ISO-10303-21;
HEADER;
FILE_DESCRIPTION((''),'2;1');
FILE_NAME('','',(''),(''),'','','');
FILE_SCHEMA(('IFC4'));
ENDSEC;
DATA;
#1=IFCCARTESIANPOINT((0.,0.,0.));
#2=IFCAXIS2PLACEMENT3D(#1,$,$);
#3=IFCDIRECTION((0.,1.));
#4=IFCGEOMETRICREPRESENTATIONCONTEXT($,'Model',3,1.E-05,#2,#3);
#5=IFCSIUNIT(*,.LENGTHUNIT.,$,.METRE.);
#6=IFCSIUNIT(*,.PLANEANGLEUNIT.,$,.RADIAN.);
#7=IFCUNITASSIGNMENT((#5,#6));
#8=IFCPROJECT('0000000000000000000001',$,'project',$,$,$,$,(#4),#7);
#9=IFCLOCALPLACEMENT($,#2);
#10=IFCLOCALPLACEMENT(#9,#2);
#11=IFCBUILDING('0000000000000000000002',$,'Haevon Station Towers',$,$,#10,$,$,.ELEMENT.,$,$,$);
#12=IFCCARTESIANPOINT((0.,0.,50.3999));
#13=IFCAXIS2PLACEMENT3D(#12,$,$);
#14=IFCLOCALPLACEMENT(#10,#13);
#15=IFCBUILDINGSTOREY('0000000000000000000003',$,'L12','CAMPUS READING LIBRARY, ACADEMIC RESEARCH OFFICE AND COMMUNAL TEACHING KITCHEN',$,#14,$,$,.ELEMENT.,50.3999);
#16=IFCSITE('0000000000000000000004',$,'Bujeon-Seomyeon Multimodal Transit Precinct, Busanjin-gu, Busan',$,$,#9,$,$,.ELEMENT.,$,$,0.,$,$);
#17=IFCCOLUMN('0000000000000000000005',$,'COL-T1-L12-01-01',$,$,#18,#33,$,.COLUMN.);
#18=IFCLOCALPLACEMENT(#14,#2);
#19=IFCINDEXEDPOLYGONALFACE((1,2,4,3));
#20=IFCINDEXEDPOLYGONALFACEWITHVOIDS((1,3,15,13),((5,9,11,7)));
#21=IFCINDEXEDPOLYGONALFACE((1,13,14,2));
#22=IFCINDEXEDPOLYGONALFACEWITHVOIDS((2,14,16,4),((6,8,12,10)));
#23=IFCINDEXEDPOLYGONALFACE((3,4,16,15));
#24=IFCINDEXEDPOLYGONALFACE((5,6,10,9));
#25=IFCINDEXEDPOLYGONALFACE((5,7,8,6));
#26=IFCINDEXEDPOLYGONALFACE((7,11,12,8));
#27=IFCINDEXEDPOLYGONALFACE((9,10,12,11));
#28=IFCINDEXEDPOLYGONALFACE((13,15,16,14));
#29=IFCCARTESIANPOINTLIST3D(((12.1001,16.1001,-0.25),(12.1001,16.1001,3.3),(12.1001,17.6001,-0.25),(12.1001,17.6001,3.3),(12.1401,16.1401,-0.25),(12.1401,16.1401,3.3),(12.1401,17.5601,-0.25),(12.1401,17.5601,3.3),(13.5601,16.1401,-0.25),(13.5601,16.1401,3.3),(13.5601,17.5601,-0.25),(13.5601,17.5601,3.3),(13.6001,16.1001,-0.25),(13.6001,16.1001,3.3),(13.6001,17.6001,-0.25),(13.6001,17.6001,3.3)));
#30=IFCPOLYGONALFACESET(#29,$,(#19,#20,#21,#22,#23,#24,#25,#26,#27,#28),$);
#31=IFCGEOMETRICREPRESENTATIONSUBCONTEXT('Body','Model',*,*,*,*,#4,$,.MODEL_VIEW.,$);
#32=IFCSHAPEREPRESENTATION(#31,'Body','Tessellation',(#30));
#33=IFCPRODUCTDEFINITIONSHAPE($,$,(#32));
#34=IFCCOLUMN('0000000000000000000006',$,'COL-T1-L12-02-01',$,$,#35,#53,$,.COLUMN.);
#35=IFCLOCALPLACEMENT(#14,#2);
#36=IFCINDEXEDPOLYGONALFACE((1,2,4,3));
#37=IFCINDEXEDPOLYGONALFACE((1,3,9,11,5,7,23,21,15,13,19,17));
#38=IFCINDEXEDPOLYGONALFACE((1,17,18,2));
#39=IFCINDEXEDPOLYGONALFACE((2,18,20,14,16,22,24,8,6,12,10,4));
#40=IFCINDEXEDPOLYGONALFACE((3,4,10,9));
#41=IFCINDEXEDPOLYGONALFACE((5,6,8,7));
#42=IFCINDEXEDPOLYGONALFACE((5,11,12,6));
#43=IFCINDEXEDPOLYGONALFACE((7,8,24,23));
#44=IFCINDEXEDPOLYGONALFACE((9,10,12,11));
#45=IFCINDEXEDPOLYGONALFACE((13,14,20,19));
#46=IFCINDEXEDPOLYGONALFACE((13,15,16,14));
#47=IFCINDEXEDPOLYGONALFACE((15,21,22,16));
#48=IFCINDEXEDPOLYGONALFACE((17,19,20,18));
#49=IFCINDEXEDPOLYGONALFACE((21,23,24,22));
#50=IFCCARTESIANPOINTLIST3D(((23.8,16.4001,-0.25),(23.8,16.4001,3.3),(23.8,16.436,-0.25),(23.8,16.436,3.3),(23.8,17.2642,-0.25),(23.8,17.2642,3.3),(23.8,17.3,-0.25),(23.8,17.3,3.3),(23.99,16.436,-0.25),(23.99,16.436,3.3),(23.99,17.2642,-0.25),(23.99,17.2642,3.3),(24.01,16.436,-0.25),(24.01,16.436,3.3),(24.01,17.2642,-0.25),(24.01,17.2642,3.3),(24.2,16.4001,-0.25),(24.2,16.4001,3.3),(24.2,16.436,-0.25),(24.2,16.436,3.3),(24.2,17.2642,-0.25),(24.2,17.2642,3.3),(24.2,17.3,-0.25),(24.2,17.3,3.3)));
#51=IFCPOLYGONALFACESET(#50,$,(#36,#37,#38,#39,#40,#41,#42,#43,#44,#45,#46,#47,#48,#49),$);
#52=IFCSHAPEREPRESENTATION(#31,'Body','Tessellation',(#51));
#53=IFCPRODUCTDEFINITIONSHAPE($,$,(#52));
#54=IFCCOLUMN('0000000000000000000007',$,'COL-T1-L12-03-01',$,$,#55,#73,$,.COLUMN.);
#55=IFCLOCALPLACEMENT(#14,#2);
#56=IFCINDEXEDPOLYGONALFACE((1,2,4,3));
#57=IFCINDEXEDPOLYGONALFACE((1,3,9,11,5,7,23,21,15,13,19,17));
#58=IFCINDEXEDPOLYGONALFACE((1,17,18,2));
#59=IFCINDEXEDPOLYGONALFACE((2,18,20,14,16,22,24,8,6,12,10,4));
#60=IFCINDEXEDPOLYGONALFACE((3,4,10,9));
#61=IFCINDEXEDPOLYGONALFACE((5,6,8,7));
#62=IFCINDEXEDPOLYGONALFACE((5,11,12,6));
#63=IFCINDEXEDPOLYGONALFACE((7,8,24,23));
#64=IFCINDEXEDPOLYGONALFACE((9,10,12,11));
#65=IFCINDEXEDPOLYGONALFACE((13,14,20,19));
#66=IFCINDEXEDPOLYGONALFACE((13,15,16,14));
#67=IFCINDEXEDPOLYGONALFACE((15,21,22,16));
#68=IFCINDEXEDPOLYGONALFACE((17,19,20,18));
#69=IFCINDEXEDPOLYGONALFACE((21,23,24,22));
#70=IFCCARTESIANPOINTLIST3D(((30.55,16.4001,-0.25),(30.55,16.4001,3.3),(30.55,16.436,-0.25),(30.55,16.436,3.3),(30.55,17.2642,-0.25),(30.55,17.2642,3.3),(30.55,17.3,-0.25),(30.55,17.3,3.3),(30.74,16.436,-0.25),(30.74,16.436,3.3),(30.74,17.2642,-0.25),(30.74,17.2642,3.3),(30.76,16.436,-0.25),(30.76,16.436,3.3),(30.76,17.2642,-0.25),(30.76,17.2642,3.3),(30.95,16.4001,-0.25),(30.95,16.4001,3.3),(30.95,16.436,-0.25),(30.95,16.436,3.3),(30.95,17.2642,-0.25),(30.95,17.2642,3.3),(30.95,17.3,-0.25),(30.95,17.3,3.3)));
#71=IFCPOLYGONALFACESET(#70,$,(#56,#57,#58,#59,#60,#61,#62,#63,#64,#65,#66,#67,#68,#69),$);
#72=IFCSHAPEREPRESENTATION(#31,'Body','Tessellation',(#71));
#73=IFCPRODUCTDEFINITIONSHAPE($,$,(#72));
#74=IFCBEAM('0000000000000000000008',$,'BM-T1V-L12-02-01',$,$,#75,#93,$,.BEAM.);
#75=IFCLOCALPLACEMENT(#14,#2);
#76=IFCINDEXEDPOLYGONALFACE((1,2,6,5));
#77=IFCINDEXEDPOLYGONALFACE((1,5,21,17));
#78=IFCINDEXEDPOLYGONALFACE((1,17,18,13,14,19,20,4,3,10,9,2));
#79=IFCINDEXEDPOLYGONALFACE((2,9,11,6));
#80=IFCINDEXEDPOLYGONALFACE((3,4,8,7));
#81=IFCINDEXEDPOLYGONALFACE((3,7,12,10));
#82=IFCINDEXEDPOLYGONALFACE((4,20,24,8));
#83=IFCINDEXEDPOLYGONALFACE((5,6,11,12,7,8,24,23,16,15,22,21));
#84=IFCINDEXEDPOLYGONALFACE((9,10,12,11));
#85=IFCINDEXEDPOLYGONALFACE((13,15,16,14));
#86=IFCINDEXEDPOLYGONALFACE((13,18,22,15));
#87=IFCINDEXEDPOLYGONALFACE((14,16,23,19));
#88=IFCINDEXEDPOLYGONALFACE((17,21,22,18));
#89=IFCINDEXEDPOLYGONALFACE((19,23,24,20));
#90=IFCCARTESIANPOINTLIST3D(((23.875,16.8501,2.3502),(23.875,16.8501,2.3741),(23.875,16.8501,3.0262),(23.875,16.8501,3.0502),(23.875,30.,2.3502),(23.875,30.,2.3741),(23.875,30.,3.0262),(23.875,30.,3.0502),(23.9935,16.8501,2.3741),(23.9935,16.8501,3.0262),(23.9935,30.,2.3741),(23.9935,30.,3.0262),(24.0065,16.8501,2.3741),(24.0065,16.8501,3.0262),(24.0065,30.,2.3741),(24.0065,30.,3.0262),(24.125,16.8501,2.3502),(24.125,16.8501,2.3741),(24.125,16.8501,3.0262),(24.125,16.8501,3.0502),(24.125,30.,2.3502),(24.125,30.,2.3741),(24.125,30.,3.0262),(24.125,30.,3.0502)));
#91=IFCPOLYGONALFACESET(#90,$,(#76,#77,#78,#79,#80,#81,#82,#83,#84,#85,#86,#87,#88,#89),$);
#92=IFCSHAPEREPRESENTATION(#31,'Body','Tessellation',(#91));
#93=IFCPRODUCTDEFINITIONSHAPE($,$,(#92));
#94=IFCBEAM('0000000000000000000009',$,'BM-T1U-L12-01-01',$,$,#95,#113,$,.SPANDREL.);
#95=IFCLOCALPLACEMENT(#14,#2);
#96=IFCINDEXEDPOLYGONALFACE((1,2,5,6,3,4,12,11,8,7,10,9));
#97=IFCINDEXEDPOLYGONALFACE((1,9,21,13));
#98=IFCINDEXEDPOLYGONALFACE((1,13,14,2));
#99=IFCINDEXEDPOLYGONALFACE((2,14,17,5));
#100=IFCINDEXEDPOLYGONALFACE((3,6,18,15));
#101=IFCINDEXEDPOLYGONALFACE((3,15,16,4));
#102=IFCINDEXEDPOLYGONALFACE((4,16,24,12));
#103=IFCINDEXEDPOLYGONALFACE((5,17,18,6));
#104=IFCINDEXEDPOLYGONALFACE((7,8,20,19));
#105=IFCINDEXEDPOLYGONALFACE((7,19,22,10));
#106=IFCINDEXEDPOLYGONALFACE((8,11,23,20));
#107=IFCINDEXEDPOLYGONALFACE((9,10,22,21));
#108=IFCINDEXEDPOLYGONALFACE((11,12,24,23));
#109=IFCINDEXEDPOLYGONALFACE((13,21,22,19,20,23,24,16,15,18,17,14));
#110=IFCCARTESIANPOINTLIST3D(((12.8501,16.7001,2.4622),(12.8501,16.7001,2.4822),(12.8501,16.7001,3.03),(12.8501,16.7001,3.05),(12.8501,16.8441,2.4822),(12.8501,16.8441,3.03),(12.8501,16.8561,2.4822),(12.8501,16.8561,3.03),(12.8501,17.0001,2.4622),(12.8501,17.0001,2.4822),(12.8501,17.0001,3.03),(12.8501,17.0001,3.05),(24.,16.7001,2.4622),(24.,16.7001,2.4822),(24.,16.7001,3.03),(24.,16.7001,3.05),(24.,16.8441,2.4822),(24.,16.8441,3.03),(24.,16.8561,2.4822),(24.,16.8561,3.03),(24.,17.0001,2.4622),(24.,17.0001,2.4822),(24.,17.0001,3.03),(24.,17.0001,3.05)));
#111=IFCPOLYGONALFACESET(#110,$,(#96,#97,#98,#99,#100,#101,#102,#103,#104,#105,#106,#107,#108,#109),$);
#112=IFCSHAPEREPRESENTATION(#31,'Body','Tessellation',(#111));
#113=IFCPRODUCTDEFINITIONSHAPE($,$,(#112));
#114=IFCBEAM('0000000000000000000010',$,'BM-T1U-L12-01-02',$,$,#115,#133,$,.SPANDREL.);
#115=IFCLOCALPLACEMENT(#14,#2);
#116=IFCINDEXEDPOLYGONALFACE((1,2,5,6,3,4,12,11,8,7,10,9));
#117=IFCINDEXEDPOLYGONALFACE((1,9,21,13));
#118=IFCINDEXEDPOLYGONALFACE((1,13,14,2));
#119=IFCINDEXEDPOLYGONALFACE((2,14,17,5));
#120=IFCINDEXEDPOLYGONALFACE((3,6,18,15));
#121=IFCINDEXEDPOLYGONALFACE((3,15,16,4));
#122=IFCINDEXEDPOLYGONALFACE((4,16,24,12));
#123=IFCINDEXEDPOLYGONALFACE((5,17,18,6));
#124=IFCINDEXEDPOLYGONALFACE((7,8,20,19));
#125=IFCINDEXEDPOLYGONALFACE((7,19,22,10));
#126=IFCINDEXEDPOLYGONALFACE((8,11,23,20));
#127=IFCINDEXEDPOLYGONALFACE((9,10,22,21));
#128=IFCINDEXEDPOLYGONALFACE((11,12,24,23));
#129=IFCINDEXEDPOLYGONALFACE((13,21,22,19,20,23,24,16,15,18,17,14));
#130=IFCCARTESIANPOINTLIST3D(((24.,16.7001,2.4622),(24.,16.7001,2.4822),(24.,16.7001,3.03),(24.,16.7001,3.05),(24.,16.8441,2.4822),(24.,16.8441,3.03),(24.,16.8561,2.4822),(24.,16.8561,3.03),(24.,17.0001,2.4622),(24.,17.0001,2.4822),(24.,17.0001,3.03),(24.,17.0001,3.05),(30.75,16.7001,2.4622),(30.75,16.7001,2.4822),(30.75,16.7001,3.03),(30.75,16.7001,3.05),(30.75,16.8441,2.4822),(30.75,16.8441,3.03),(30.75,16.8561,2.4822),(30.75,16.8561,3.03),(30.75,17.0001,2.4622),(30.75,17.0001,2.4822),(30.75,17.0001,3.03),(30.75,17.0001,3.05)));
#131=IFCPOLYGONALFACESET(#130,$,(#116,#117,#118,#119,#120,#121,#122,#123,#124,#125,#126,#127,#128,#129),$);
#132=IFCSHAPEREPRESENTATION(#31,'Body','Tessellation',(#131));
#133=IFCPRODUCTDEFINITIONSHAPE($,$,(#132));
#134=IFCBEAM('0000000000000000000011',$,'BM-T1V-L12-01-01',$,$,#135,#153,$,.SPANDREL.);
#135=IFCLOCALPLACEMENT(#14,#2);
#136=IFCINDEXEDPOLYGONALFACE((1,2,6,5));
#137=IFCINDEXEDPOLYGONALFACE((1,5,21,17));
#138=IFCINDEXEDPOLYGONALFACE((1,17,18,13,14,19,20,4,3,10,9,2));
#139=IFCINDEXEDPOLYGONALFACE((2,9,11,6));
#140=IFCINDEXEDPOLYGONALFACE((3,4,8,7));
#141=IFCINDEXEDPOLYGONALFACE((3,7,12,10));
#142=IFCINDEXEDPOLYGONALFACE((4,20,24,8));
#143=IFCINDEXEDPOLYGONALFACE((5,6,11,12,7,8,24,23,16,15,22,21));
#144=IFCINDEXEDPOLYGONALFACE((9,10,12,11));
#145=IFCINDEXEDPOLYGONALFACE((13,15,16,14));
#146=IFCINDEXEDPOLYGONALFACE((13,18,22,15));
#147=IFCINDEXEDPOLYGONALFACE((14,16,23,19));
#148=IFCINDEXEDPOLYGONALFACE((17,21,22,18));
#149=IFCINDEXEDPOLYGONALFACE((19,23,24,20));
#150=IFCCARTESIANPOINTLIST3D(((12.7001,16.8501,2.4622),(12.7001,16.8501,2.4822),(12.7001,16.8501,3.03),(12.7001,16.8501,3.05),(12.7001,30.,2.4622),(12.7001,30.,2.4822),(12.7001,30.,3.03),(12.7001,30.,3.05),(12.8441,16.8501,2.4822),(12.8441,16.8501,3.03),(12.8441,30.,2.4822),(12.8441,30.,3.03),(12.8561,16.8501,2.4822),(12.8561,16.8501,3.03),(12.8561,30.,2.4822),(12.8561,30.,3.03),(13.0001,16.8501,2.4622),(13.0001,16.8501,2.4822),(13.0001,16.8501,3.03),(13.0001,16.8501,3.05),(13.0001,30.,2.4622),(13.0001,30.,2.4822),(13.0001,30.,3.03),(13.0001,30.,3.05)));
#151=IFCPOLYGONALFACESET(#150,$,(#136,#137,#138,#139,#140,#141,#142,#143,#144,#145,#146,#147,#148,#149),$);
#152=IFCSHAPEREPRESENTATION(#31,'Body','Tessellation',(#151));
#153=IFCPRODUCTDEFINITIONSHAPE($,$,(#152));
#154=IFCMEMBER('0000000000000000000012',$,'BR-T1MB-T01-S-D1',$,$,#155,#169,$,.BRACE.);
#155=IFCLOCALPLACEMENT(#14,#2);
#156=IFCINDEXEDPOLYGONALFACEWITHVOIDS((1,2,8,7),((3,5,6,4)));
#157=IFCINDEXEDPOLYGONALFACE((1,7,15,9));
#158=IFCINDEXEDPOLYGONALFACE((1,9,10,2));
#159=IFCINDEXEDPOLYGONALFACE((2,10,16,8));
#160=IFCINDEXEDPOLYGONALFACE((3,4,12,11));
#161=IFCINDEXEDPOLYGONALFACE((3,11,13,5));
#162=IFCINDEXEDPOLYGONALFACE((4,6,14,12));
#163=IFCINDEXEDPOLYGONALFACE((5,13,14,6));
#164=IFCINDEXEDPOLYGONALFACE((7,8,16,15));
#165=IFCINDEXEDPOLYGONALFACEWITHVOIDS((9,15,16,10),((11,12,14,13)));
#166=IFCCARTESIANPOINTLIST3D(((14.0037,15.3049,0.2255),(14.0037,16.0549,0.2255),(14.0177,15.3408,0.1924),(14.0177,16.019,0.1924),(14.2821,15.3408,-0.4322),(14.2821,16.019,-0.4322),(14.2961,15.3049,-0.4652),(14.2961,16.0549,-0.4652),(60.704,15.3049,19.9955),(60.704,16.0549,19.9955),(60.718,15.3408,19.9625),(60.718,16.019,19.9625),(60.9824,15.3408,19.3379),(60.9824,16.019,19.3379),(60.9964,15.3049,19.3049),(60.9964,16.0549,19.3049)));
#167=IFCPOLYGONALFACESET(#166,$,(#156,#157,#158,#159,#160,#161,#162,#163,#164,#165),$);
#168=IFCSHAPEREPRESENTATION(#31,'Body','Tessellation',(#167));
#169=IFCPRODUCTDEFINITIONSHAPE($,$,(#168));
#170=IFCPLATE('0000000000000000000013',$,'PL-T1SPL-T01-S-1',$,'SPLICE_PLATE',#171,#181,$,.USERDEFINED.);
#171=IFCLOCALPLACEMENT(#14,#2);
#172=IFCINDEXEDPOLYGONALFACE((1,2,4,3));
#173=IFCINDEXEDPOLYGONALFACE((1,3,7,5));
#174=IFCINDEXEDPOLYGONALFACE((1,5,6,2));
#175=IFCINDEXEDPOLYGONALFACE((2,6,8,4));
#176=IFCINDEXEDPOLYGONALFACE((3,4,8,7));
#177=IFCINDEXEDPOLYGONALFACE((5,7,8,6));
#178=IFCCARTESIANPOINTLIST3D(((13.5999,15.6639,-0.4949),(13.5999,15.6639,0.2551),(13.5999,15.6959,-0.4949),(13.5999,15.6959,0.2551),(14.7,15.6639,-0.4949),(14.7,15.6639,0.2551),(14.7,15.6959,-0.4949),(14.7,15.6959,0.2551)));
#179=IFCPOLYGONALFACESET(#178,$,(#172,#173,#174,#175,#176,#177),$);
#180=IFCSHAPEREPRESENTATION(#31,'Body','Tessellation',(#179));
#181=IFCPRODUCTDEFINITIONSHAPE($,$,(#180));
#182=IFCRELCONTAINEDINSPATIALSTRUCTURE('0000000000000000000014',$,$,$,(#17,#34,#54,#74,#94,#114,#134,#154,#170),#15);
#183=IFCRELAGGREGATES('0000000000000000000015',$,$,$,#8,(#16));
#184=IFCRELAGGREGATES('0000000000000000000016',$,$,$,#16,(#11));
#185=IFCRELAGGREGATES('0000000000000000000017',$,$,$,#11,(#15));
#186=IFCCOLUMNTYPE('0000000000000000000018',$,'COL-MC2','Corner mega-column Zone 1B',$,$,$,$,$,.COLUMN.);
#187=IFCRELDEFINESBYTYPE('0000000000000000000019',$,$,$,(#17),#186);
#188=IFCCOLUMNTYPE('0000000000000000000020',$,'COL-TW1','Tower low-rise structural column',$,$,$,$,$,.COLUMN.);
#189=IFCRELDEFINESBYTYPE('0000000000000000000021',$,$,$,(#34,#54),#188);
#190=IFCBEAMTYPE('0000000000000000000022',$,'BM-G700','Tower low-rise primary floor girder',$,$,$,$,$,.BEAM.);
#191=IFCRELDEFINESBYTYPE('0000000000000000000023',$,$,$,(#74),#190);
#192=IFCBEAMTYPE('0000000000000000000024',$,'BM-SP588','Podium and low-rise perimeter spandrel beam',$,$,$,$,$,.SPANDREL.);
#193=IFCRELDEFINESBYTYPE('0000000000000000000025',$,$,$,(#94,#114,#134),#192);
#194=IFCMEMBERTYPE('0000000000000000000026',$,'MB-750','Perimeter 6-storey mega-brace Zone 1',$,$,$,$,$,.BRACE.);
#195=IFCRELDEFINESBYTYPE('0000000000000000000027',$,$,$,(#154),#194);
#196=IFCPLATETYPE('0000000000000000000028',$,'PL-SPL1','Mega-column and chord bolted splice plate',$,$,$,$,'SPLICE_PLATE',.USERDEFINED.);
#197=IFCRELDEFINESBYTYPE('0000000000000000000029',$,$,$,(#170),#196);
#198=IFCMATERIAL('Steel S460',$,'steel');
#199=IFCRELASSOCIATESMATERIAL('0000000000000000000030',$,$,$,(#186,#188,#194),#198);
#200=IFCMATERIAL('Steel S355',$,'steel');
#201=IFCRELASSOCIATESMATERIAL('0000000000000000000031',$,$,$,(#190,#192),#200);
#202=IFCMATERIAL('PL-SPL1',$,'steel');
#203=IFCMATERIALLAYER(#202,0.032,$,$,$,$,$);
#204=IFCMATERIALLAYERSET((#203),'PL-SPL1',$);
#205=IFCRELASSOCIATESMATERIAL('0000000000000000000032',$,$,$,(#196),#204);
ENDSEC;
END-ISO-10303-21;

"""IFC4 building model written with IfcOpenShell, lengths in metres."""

from ifc_helpers import new_model, si_unit, direction, frame, origin, origin_2d, place, context, subcontext, project, spatial, rectangle, hollow_rectangle, i_section, extrude, material, layer, layer_set, material_profile, profile_set, type_object, element, save


model = new_model("IFC4")

# Units and contexts
model_context = context("Model", 3, precision=1e-05, world=origin(), true_north=direction((0.0, 1.0)))
body_context = subcontext(model_context, "Body", "Model", "MODEL_VIEW")
ifc_project = project(units=[si_unit("LENGTHUNIT", "METRE"), si_unit("PLANEANGLEUNIT", "RADIAN")], contexts=[model_context])

# Site, building, storey
site_placement = place(None, origin())
site = spatial("IfcSite", under=ifc_project, at=site_placement, Name="Bujeon-Seomyeon Multimodal Transit Precinct, Busanjin-gu, Busan", CompositionType="ELEMENT", RefElevation=0.0)
building_placement = place(site_placement, origin())
building = spatial("IfcBuilding", under=site, at=building_placement, Name="Haevon Station Towers", CompositionType="ELEMENT")
storey_placement = place(building_placement, frame((0.0, 0.0, 50.3999)))
storey = spatial("IfcBuildingStorey", under=building, at=storey_placement, Name="L12", Description="CAMPUS READING LIBRARY, ACADEMIC RESEARCH OFFICE AND COMMUNAL TEACHING KITCHEN", CompositionType="ELEMENT", Elevation=50.3999)

# Columns
ifc_material_1 = material(Name="Steel S460", Category="steel")
ifc_material_profile_1 = material_profile(ifc_material_1, hollow_rectangle(XDim=1.5, YDim=1.5, WallThickness=0.04, at=origin_2d()), Name="BOX-1500x1500x40")
ifc_profile_set_1 = profile_set([ifc_material_profile_1], Name="Steel S460")
column_type_1 = type_object("IfcColumnType", Name="COL-MC2", Description="Corner mega-column Zone 1B", PredefinedType="COLUMN", material=ifc_profile_set_1)
column_placement = place(storey_placement, frame((12.8501, 16.8501, -0.25), z_axis=(0.0, 0.0, 1.0), x_axis=(1.0, 0.0, 0.0)))
element("IfcColumn", 1, at=column_placement, inside=storey, type_object=column_type_1, Name="COL-T1-L12-01-01", PredefinedType="COLUMN", context=body_context, shape_type="SweptSolid", body=[
    extrude(hollow_rectangle(XDim=1.5, YDim=1.5, WallThickness=0.04, at=origin_2d()), origin(), (0.0, 0.0, 1.0), 3.55),
])
ifc_material_profile_2 = material_profile(ifc_material_1, i_section(OverallWidth=0.3999, OverallDepth=0.8999, WebThickness=0.02, FlangeThickness=0.0359, at=origin_2d()), Name="H-900x400x20x36")
ifc_profile_set_2 = profile_set([ifc_material_profile_2], Name="Steel S460")
column_type_2 = type_object("IfcColumnType", Name="COL-TW1", Description="Tower low-rise structural column", PredefinedType="COLUMN", material=ifc_profile_set_2)
for number, where, z_axis, x_axis, name in (
    (2, (24.0, 16.8501, -0.25), (0.0, 0.0, 1.0), (1.0, 0.0, 0.0), "COL-T1-L12-02-01"),
    (3, (30.75, 16.8501, -0.25), (0.0, 0.0, 1.0), (1.0, 0.0, 0.0), "COL-T1-L12-03-01"),
):
    element("IfcColumn", number, at=place(storey_placement, frame(where, z_axis=z_axis, x_axis=x_axis)), inside=storey, type_object=column_type_2, Name=name, PredefinedType="COLUMN", context=body_context, shape_type="SweptSolid", body=[
        extrude(i_section(OverallWidth=0.3999, OverallDepth=0.8999, WebThickness=0.02, FlangeThickness=0.0359, at=origin_2d()), origin(), (0.0, 0.0, 1.0), 3.55),
    ])

# Beams
ifc_material_2 = material(Name="Steel S355", Category="steel")
ifc_material_profile_3 = material_profile(ifc_material_2, i_section(OverallWidth=0.25, OverallDepth=0.7, WebThickness=0.0129, FlangeThickness=0.0239, at=origin_2d()), Name="H-700x250x13x24")
ifc_profile_set_3 = profile_set([ifc_material_profile_3], Name="Steel S355")
beam_type_1 = type_object("IfcBeamType", Name="BM-G700", Description="Tower low-rise primary floor girder", PredefinedType="BEAM", material=ifc_profile_set_3)
beam_1_placement = place(storey_placement, frame((24.0, 16.8501, 2.7002), z_axis=(0.0, 1.0, 0.0), x_axis=(-1.0, 0.0, 0.0)))
element("IfcBeam", 4, at=beam_1_placement, inside=storey, type_object=beam_type_1, Name="BM-T1V-L12-02-01", PredefinedType="BEAM", context=body_context, shape_type="SweptSolid", body=[
    extrude(i_section(OverallWidth=0.25, OverallDepth=0.7, WebThickness=0.0129, FlangeThickness=0.0239, at=origin_2d()), origin(), (0.0, 0.0, 1.0), 13.1499),
])
ifc_material_profile_4 = material_profile(ifc_material_2, i_section(OverallWidth=0.3, OverallDepth=0.5879, WebThickness=0.012, FlangeThickness=0.02, at=origin_2d()), Name="H-588x300x12x20")
ifc_profile_set_4 = profile_set([ifc_material_profile_4], Name="Steel S355")
beam_type_2 = type_object("IfcBeamType", Name="BM-SP588", Description="Podium and low-rise perimeter spandrel beam", PredefinedType="SPANDREL", material=ifc_profile_set_4)
beam_2_placement = place(storey_placement, frame((12.8501, 16.8501, 2.7561), z_axis=(1.0, 0.0, 0.0), x_axis=(0.0, 1.0, 0.0)))
element("IfcBeam", 5, at=beam_2_placement, inside=storey, type_object=beam_type_2, Name="BM-T1U-L12-01-01", PredefinedType="SPANDREL", context=body_context, shape_type="SweptSolid", body=[
    extrude(i_section(OverallWidth=0.3, OverallDepth=0.5879, WebThickness=0.012, FlangeThickness=0.02, at=origin_2d()), origin(), (0.0, 0.0, 1.0), 11.1499),
])
beam_3_placement = place(storey_placement, frame((24.0, 16.8501, 2.7561), z_axis=(1.0, 0.0, 0.0), x_axis=(0.0, 1.0, 0.0)))
element("IfcBeam", 6, at=beam_3_placement, inside=storey, type_object=beam_type_2, Name="BM-T1U-L12-01-02", PredefinedType="SPANDREL", context=body_context, shape_type="SweptSolid", body=[
    extrude(i_section(OverallWidth=0.3, OverallDepth=0.5879, WebThickness=0.012, FlangeThickness=0.02, at=origin_2d()), origin(), (0.0, 0.0, 1.0), 6.75),
])
beam_4_placement = place(storey_placement, frame((12.8501, 16.8501, 2.7561), z_axis=(0.0, 1.0, 0.0), x_axis=(-1.0, 0.0, 0.0)))
element("IfcBeam", 7, at=beam_4_placement, inside=storey, type_object=beam_type_2, Name="BM-T1V-L12-01-01", PredefinedType="SPANDREL", context=body_context, shape_type="SweptSolid", body=[
    extrude(i_section(OverallWidth=0.3, OverallDepth=0.5879, WebThickness=0.012, FlangeThickness=0.02, at=origin_2d()), origin(), (0.0, 0.0, 1.0), 13.1499),
])

# Member
ifc_material_profile_5 = material_profile(ifc_material_1, hollow_rectangle(XDim=0.75, YDim=0.75, WallThickness=0.0359, at=origin_2d()), Name="RHS-750x750x36")
ifc_profile_set_5 = profile_set([ifc_material_profile_5], Name="Steel S460")
member_type = type_object("IfcMemberType", Name="MB-750", Description="Perimeter 6-storey mega-brace Zone 1", PredefinedType="BRACE", material=ifc_profile_set_5)
member_placement = place(storey_placement, frame((14.1499, 15.6799, -0.1199), z_axis=(0.920881, 0.0, 0.389845), x_axis=(0.0, 1.0, 0.0)))
element("IfcMember", 8, at=member_placement, inside=storey, type_object=member_type, Name="BR-T1MB-T01-S-D1", PredefinedType="BRACE", context=body_context, shape_type="SweptSolid", body=[
    extrude(hollow_rectangle(XDim=0.75, YDim=0.75, WallThickness=0.0359, at=origin_2d()), origin(), (0.0, 0.0, 1.0), 50.7126),
])

# Plate
ifc_material_3 = material(Name="PL-SPL1", Category="steel")
ifc_layer_1 = layer(ifc_material_3, 0.032)
ifc_layer_set_1 = layer_set([ifc_layer_1], Name="PL-SPL1")
plate_type = type_object("IfcPlateType", Name="PL-SPL1", Description="Mega-column and chord bolted splice plate", ElementType="SPLICE_PLATE", PredefinedType="USERDEFINED", material=ifc_layer_set_1)
plate_placement = place(storey_placement, frame((14.1499, 15.6799, -0.4949), z_axis=(0.0, 0.0, 1.0), x_axis=(1.0, 0.0, 0.0)))
element("IfcPlate", 9, at=plate_placement, inside=storey, type_object=plate_type, Name="PL-T1SPL-T01-S-1", ObjectType="SPLICE_PLATE", PredefinedType="USERDEFINED", context=body_context, shape_type="SweptSolid", body=[
    extrude(rectangle(XDim=1.1001, YDim=0.032, at=origin_2d()), origin(), (0.0, 0.0, 1.0), 0.75),
])

save(model, "model.ifc")
